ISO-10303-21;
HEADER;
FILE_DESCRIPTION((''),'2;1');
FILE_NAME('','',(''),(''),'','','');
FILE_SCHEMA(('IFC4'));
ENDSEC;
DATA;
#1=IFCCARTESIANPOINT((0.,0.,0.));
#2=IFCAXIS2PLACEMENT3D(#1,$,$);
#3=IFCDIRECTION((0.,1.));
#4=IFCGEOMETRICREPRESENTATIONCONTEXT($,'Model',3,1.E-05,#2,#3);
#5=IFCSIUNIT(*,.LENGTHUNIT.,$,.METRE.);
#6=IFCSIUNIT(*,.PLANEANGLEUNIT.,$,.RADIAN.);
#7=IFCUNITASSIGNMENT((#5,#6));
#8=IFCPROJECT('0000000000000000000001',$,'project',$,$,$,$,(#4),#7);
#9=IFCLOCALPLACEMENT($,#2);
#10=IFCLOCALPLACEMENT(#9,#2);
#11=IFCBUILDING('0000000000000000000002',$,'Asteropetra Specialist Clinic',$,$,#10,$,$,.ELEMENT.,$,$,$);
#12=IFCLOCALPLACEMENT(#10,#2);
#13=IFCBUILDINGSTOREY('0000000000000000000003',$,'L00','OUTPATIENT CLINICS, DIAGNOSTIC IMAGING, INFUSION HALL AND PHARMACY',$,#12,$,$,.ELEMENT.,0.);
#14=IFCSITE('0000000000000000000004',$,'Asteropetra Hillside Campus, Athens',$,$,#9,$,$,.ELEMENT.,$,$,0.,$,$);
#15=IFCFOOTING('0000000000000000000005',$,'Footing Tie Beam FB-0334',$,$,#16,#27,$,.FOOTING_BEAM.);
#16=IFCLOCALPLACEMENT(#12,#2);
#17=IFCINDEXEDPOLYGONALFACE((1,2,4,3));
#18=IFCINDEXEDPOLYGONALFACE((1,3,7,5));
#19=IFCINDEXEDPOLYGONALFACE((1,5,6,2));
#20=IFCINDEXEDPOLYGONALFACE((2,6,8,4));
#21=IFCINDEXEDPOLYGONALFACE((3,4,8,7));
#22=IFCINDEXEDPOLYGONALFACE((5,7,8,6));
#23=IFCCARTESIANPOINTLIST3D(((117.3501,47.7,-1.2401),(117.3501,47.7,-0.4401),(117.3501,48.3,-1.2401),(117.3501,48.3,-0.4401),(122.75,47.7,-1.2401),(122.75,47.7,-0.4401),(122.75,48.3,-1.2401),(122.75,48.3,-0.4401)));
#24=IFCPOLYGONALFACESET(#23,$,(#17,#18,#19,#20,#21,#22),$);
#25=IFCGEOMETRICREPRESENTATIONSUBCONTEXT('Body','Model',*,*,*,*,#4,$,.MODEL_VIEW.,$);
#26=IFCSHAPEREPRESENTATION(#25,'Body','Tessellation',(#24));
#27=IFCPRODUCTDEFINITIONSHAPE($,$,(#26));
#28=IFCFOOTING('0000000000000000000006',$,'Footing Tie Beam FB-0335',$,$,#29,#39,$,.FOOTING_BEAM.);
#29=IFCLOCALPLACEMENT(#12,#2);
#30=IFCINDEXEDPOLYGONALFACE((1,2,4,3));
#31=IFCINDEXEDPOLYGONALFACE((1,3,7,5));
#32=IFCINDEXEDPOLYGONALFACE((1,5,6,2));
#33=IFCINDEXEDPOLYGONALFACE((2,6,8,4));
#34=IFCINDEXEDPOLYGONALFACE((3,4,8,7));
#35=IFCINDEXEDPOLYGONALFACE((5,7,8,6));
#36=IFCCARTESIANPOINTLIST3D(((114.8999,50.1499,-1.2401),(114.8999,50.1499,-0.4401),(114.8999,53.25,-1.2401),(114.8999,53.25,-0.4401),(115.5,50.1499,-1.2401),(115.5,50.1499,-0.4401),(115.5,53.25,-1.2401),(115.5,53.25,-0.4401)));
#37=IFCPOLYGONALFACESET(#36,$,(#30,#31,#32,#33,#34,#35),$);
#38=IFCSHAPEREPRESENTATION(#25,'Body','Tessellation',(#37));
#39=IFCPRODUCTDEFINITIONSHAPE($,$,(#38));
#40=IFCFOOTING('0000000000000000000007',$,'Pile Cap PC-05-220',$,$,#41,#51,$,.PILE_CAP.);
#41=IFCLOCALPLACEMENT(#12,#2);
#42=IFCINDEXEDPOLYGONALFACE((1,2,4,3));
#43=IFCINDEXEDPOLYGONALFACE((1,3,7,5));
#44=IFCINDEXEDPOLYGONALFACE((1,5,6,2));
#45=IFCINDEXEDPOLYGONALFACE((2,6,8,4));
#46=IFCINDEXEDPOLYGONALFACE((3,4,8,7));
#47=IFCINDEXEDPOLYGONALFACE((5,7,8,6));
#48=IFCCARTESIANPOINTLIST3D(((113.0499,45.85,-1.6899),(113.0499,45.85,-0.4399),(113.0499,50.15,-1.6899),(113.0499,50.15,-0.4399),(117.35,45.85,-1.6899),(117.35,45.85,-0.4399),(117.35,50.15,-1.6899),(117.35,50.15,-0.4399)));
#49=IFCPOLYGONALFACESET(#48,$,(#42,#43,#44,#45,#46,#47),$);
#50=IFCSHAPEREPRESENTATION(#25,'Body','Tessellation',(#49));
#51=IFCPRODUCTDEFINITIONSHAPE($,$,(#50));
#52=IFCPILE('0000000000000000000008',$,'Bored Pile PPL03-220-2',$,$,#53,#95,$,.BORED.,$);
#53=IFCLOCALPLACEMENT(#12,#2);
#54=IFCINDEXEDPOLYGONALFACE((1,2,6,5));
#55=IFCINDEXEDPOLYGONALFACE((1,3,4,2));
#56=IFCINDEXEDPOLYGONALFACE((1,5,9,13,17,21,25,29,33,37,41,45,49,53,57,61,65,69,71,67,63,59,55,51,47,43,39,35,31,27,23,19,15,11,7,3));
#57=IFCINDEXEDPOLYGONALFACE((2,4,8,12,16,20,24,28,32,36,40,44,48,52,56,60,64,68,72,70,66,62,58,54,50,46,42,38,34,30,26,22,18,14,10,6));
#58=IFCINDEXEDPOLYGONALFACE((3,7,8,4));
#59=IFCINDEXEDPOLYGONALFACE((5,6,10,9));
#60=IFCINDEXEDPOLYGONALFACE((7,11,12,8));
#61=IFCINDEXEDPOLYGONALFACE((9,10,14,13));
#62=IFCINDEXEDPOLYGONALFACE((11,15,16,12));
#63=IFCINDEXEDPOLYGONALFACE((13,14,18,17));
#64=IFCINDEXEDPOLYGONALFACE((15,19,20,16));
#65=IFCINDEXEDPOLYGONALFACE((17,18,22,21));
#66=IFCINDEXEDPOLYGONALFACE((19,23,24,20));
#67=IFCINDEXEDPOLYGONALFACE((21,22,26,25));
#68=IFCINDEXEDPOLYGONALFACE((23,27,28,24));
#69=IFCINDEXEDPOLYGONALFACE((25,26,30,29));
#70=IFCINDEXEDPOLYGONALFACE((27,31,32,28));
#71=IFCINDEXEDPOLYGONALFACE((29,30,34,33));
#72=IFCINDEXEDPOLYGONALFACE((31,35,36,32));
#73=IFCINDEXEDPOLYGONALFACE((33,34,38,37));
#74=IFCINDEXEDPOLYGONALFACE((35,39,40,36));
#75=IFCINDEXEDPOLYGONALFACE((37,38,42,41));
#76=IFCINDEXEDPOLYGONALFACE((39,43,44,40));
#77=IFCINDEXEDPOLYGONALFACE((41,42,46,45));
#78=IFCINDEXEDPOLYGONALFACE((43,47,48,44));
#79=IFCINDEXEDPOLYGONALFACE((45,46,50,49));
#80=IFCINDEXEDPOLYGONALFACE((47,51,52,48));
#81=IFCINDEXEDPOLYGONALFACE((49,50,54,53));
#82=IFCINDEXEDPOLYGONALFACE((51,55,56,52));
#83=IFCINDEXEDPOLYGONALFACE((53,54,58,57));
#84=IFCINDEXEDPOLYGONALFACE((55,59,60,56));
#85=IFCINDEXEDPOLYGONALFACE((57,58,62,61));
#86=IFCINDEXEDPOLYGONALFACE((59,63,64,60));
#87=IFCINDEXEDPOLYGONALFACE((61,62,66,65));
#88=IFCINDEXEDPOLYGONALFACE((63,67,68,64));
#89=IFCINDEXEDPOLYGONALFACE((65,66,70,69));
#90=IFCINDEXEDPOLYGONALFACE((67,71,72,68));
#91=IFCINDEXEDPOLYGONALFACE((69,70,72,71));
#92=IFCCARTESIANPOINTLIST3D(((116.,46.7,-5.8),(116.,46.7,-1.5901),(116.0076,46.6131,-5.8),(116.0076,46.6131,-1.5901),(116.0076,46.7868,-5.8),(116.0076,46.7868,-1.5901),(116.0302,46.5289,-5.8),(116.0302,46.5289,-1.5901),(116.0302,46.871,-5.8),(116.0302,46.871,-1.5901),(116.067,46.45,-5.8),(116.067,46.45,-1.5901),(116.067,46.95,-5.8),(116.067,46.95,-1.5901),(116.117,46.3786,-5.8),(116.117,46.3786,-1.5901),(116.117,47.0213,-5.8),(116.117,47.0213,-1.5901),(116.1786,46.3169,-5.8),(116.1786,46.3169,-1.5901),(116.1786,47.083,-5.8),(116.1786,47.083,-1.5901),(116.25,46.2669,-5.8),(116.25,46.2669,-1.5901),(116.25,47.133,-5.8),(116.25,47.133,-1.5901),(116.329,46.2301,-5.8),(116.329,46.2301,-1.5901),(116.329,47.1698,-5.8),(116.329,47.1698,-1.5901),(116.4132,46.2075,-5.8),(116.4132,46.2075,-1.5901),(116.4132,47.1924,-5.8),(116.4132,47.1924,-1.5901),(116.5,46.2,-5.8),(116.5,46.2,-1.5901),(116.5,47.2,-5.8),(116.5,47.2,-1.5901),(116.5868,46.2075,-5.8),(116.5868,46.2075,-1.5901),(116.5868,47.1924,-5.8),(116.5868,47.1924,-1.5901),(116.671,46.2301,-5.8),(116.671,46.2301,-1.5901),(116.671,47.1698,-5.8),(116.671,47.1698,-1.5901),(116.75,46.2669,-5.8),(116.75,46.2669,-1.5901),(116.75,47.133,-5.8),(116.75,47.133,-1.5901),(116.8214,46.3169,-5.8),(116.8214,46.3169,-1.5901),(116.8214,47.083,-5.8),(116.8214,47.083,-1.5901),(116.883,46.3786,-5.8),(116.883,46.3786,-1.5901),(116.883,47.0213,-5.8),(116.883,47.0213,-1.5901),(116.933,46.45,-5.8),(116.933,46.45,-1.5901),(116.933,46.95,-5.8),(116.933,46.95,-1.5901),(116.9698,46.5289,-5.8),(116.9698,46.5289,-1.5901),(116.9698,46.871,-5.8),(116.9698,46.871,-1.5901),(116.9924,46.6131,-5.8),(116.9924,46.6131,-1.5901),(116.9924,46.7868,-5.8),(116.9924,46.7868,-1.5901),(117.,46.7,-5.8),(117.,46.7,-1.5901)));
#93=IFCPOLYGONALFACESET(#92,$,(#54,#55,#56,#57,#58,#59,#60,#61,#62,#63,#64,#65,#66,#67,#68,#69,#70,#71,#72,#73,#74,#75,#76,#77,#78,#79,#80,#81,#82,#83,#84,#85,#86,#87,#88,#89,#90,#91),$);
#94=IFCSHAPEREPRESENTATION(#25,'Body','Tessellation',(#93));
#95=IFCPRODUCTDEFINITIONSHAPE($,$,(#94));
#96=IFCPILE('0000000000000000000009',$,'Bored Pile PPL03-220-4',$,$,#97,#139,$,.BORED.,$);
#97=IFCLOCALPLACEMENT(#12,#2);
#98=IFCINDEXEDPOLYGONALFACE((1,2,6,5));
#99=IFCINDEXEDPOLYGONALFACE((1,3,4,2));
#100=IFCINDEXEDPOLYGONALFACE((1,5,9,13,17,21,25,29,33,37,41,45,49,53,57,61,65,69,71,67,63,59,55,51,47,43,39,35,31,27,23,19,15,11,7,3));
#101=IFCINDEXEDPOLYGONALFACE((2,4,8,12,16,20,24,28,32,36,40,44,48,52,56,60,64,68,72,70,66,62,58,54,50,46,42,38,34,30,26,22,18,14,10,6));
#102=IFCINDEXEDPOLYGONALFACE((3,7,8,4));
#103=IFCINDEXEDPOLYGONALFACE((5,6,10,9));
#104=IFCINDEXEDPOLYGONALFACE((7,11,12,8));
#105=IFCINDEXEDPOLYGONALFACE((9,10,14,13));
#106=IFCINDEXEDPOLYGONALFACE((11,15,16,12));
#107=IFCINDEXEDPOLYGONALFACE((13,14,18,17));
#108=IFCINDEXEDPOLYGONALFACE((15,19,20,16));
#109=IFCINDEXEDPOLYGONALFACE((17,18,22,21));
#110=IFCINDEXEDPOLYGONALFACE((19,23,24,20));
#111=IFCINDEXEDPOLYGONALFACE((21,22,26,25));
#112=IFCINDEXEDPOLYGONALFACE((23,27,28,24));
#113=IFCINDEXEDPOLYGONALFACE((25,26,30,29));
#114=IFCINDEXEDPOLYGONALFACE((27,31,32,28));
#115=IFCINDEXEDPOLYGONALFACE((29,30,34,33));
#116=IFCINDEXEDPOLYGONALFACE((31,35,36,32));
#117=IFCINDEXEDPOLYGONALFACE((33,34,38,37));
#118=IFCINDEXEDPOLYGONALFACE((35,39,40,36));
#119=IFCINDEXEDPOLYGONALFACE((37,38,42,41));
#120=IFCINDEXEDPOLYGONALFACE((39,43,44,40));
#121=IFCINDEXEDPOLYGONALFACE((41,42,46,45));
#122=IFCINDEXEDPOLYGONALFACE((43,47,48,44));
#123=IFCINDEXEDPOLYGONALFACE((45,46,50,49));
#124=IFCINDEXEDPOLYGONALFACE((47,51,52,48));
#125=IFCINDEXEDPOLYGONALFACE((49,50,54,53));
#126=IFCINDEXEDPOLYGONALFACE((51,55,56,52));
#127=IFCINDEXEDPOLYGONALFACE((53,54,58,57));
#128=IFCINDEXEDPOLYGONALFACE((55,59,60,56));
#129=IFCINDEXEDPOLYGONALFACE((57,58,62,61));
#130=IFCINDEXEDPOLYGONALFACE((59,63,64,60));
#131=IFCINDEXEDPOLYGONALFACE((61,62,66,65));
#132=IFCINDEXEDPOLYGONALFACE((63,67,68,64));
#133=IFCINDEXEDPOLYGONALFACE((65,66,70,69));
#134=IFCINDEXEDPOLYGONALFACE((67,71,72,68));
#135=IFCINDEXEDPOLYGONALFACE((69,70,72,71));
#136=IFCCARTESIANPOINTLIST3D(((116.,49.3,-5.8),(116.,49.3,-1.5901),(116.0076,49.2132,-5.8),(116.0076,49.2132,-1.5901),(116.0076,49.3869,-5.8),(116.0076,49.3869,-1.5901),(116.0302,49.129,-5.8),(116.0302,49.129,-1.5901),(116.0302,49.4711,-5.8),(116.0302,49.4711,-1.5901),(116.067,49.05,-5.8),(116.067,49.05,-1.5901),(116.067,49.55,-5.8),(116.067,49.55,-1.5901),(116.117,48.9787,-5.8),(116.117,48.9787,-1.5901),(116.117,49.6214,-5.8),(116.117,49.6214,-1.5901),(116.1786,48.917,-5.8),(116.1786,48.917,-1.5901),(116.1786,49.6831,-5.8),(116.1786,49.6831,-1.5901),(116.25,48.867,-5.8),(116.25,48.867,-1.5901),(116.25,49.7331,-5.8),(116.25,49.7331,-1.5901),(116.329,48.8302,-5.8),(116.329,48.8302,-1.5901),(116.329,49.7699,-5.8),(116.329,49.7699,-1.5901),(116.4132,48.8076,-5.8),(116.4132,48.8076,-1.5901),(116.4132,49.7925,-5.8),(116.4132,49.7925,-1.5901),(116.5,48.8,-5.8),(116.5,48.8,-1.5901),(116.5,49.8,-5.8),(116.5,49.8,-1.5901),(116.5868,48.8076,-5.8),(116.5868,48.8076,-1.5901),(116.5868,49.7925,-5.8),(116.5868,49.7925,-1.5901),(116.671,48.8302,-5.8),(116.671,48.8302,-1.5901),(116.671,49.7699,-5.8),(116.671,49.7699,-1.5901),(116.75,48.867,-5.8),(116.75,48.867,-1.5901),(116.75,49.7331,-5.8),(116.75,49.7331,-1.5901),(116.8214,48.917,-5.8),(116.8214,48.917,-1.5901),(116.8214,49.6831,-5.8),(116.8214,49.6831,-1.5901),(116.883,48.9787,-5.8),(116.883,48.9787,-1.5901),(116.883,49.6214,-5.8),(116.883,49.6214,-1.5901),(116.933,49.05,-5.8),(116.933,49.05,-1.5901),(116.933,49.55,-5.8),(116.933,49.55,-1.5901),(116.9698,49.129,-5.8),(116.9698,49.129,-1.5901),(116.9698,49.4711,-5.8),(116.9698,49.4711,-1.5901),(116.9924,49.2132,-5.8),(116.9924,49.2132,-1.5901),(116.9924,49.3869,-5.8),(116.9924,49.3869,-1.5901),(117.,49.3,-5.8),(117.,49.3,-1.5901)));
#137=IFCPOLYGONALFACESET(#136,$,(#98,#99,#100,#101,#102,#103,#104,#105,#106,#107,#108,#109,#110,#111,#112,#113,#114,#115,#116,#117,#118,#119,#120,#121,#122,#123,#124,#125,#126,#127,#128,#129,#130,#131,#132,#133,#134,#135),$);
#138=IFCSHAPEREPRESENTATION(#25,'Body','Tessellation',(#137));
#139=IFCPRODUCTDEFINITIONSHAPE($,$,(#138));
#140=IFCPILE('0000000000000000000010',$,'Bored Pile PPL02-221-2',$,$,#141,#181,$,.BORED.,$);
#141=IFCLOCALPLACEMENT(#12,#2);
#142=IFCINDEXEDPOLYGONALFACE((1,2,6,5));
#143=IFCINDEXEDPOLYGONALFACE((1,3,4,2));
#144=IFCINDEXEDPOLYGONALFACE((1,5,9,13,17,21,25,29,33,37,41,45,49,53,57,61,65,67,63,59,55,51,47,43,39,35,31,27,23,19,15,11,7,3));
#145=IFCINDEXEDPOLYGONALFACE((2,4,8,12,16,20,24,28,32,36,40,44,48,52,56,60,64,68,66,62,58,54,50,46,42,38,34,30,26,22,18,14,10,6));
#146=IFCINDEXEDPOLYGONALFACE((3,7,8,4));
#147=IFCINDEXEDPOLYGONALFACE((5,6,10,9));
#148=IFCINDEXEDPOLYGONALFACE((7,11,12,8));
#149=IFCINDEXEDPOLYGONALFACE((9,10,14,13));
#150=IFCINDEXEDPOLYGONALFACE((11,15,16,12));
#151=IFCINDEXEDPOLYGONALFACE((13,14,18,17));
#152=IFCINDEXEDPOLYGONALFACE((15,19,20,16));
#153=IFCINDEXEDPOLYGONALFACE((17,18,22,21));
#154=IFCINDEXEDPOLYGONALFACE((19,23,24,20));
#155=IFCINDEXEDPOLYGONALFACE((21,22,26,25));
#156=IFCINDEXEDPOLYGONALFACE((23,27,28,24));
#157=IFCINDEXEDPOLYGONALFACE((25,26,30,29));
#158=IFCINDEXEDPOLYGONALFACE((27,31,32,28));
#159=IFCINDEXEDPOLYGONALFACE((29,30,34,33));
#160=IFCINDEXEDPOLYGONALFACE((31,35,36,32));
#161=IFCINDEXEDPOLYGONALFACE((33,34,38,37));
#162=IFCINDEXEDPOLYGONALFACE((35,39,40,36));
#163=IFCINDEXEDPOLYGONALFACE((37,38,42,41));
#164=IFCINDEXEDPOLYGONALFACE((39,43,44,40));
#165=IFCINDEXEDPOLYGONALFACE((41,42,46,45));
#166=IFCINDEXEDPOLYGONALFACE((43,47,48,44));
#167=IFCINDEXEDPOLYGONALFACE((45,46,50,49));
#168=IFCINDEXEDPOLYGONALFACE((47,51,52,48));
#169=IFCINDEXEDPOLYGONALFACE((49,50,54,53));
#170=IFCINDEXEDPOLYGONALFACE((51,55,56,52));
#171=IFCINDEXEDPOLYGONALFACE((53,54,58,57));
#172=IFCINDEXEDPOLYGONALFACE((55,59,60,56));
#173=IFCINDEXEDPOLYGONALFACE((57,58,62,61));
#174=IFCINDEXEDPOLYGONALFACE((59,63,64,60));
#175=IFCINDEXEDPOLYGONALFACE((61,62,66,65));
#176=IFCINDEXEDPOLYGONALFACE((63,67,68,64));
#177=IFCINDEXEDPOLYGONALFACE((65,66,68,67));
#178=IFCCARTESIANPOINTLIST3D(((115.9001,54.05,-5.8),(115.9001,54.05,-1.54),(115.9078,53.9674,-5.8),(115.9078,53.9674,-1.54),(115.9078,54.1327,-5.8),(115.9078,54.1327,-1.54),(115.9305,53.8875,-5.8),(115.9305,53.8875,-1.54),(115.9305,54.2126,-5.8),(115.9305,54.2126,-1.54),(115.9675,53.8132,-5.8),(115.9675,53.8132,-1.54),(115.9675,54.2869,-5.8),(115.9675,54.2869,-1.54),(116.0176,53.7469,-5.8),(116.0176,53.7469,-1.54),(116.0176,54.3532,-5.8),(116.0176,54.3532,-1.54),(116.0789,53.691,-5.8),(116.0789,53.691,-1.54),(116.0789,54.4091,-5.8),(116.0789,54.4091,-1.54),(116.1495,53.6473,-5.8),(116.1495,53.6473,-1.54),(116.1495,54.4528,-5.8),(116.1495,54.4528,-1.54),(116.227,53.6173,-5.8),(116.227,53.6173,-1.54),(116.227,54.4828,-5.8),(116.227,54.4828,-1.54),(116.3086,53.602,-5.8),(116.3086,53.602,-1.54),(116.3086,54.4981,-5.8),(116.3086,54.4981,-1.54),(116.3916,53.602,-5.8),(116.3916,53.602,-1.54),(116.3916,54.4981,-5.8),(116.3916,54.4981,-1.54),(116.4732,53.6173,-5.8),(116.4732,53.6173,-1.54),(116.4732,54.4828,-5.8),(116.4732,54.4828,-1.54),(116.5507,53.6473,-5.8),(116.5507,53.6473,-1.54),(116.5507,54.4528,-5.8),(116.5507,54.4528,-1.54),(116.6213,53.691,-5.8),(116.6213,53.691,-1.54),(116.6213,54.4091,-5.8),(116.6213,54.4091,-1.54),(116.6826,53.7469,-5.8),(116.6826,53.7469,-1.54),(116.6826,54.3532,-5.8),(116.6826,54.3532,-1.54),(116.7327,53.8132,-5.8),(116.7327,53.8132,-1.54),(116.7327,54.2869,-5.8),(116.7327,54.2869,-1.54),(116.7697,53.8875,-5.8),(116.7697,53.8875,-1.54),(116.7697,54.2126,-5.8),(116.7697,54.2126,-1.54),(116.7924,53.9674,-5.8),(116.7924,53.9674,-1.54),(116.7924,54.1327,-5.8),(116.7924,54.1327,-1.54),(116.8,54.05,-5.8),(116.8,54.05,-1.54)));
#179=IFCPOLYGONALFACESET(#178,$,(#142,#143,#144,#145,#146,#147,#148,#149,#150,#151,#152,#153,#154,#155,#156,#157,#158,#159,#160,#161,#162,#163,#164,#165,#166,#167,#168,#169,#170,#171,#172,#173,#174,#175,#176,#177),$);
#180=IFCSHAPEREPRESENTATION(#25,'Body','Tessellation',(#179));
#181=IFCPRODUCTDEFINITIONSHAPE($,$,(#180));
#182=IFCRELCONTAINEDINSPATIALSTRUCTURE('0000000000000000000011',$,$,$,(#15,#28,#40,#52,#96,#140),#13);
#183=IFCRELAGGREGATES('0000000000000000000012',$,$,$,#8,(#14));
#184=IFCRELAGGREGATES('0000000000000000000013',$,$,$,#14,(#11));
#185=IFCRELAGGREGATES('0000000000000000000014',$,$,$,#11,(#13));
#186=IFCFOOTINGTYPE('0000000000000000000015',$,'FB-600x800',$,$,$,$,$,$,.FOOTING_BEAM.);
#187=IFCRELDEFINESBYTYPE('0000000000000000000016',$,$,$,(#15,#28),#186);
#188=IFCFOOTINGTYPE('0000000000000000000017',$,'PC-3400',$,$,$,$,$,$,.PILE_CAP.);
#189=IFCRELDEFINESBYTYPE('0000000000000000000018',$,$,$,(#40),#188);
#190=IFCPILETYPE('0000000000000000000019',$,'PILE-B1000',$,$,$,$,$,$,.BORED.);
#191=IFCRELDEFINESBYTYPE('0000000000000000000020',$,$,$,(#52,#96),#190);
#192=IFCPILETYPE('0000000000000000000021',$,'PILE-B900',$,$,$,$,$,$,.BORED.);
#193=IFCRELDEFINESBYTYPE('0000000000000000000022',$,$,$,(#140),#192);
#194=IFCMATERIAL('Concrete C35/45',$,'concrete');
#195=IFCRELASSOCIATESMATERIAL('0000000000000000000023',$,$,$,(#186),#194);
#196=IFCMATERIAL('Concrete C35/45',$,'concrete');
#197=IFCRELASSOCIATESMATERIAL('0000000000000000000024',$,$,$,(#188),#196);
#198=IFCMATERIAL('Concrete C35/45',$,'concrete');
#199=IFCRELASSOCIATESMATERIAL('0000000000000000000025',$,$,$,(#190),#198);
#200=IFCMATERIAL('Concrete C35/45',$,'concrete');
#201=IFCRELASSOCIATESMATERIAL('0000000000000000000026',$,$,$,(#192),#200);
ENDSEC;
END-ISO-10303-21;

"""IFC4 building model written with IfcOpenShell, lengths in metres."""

from ifc_helpers import new_model, si_unit, direction, frame, origin, origin_2d, place, context, subcontext, project, spatial, rectangle, circle, extrude, material, material_profile, profile_set, type_object, element, save


model = new_model("IFC4")

# Units and contexts
model_context = context("Model", 3, precision=1e-05, world=origin(), true_north=direction((0.0, 1.0)))
body_context = subcontext(model_context, "Body", "Model", "MODEL_VIEW")
ifc_project = project(units=[si_unit("LENGTHUNIT", "METRE"), si_unit("PLANEANGLEUNIT", "RADIAN")], contexts=[model_context])

# Site, building, storey
site_placement = place(None, origin())
site = spatial("IfcSite", under=ifc_project, at=site_placement, Name="Asteropetra Hillside Campus, Athens", CompositionType="ELEMENT", RefElevation=0.0)
building_placement = place(site_placement, origin())
building = spatial("IfcBuilding", under=site, at=building_placement, Name="Asteropetra Specialist Clinic", CompositionType="ELEMENT")
storey_placement = place(building_placement, origin())
storey = spatial("IfcBuildingStorey", under=building, at=storey_placement, Name="L00", Description="OUTPATIENT CLINICS, DIAGNOSTIC IMAGING, INFUSION HALL AND PHARMACY", CompositionType="ELEMENT", Elevation=0.0)

# Footings
ifc_material_1 = material(Name="Concrete C35/45", Category="concrete")
ifc_material_profile_1 = material_profile(ifc_material_1, rectangle(XDim=0.6001, YDim=0.8, at=origin_2d()), Name="FB 600x800")
ifc_profile_set_1 = profile_set([ifc_material_profile_1], Name="Concrete C35/45")
footing_type_1 = type_object("IfcFootingType", Name="FB-600x800", PredefinedType="FOOTING_BEAM", material=ifc_profile_set_1)
footing_1_placement = place(storey_placement, frame((117.3501, 48.0, -0.8401), z_axis=(1.0, 0.0, 0.0), x_axis=(0.0, 1.0, 0.0)))
element("IfcFooting", 1, at=footing_1_placement, inside=storey, type_object=footing_type_1, Name="Footing Tie Beam FB-0334", PredefinedType="FOOTING_BEAM", context=body_context, shape_type="SweptSolid", body=[
    extrude(rectangle(XDim=0.6001, YDim=0.8, at=origin_2d()), origin(), (0.0, 0.0, 1.0), 5.3999),
])
footing_2_placement = place(storey_placement, frame((115.2, 50.1499, -0.8401), z_axis=(0.0, 1.0, 0.0), x_axis=(-1.0, 0.0, 0.0)))
element("IfcFooting", 2, at=footing_2_placement, inside=storey, type_object=footing_type_1, Name="Footing Tie Beam FB-0335", PredefinedType="FOOTING_BEAM", context=body_context, shape_type="SweptSolid", body=[
    extrude(rectangle(XDim=0.6001, YDim=0.8, at=origin_2d()), origin(), (0.0, 0.0, 1.0), 3.1001),
])
ifc_material_2 = material(Name="Concrete C35/45", Category="concrete")
footing_type_2 = type_object("IfcFootingType", Name="PC-3400", PredefinedType="PILE_CAP", material=ifc_material_2)
footing_3_placement = place(storey_placement, frame((115.2, 48.0, -1.6899), z_axis=(0.0, 0.0, 1.0), x_axis=(1.0, 0.0, 0.0)))
element("IfcFooting", 3, at=footing_3_placement, inside=storey, type_object=footing_type_2, Name="Pile Cap PC-05-220", PredefinedType="PILE_CAP", context=body_context, shape_type="SweptSolid", body=[
    extrude(rectangle(XDim=4.3, YDim=4.3, at=origin_2d()), origin(), (0.0, 0.0, 1.0), 1.25),
])

# Piles
ifc_material_3 = material(Name="Concrete C35/45", Category="concrete")
ifc_material_profile_2 = material_profile(ifc_material_3, circle(Radius=0.5, at=origin_2d()), Name="PILE D1000")
ifc_profile_set_2 = profile_set([ifc_material_profile_2], Name="Concrete C35/45")
pile_type_1 = type_object("IfcPileType", Name="PILE-B1000", PredefinedType="BORED", material=ifc_profile_set_2)
for number, where, z_axis, x_axis, name in (
    (4, (116.5, 46.7, -1.5901), (0.0, 0.0, -1.0), (1.0, 0.0, 0.0), "Bored Pile PPL03-220-2"),
    (5, (116.5, 49.3, -1.5901), (0.0, 0.0, -1.0), (1.0, 0.0, 0.0), "Bored Pile PPL03-220-4"),
):
    element("IfcPile", number, at=place(storey_placement, frame(where, z_axis=z_axis, x_axis=x_axis)), inside=storey, type_object=pile_type_1, Name=name, PredefinedType="BORED", context=body_context, shape_type="SweptSolid", body=[
        extrude(circle(Radius=0.5, at=origin_2d()), origin(), (0.0, 0.0, 1.0), 4.21),
    ])
ifc_material_4 = material(Name="Concrete C35/45", Category="concrete")
ifc_material_profile_3 = material_profile(ifc_material_4, circle(Radius=0.45, at=origin_2d()), Name="PILE D900")
ifc_profile_set_3 = profile_set([ifc_material_profile_3], Name="Concrete C35/45")
pile_type_2 = type_object("IfcPileType", Name="PILE-B900", PredefinedType="BORED", material=ifc_profile_set_3)
for number, where, z_axis, x_axis, name in (
    (6, (116.3501, 54.05, -1.54), (0.0, 0.0, -1.0), (1.0, 0.0, 0.0), "Bored Pile PPL02-221-2"),
):
    element("IfcPile", number, at=place(storey_placement, frame(where, z_axis=z_axis, x_axis=x_axis)), inside=storey, type_object=pile_type_2, Name=name, PredefinedType="BORED", context=body_context, shape_type="SweptSolid", body=[
        extrude(circle(Radius=0.45, at=origin_2d()), origin(), (0.0, 0.0, 1.0), 4.26),
    ])

save(model, "model.ifc")
